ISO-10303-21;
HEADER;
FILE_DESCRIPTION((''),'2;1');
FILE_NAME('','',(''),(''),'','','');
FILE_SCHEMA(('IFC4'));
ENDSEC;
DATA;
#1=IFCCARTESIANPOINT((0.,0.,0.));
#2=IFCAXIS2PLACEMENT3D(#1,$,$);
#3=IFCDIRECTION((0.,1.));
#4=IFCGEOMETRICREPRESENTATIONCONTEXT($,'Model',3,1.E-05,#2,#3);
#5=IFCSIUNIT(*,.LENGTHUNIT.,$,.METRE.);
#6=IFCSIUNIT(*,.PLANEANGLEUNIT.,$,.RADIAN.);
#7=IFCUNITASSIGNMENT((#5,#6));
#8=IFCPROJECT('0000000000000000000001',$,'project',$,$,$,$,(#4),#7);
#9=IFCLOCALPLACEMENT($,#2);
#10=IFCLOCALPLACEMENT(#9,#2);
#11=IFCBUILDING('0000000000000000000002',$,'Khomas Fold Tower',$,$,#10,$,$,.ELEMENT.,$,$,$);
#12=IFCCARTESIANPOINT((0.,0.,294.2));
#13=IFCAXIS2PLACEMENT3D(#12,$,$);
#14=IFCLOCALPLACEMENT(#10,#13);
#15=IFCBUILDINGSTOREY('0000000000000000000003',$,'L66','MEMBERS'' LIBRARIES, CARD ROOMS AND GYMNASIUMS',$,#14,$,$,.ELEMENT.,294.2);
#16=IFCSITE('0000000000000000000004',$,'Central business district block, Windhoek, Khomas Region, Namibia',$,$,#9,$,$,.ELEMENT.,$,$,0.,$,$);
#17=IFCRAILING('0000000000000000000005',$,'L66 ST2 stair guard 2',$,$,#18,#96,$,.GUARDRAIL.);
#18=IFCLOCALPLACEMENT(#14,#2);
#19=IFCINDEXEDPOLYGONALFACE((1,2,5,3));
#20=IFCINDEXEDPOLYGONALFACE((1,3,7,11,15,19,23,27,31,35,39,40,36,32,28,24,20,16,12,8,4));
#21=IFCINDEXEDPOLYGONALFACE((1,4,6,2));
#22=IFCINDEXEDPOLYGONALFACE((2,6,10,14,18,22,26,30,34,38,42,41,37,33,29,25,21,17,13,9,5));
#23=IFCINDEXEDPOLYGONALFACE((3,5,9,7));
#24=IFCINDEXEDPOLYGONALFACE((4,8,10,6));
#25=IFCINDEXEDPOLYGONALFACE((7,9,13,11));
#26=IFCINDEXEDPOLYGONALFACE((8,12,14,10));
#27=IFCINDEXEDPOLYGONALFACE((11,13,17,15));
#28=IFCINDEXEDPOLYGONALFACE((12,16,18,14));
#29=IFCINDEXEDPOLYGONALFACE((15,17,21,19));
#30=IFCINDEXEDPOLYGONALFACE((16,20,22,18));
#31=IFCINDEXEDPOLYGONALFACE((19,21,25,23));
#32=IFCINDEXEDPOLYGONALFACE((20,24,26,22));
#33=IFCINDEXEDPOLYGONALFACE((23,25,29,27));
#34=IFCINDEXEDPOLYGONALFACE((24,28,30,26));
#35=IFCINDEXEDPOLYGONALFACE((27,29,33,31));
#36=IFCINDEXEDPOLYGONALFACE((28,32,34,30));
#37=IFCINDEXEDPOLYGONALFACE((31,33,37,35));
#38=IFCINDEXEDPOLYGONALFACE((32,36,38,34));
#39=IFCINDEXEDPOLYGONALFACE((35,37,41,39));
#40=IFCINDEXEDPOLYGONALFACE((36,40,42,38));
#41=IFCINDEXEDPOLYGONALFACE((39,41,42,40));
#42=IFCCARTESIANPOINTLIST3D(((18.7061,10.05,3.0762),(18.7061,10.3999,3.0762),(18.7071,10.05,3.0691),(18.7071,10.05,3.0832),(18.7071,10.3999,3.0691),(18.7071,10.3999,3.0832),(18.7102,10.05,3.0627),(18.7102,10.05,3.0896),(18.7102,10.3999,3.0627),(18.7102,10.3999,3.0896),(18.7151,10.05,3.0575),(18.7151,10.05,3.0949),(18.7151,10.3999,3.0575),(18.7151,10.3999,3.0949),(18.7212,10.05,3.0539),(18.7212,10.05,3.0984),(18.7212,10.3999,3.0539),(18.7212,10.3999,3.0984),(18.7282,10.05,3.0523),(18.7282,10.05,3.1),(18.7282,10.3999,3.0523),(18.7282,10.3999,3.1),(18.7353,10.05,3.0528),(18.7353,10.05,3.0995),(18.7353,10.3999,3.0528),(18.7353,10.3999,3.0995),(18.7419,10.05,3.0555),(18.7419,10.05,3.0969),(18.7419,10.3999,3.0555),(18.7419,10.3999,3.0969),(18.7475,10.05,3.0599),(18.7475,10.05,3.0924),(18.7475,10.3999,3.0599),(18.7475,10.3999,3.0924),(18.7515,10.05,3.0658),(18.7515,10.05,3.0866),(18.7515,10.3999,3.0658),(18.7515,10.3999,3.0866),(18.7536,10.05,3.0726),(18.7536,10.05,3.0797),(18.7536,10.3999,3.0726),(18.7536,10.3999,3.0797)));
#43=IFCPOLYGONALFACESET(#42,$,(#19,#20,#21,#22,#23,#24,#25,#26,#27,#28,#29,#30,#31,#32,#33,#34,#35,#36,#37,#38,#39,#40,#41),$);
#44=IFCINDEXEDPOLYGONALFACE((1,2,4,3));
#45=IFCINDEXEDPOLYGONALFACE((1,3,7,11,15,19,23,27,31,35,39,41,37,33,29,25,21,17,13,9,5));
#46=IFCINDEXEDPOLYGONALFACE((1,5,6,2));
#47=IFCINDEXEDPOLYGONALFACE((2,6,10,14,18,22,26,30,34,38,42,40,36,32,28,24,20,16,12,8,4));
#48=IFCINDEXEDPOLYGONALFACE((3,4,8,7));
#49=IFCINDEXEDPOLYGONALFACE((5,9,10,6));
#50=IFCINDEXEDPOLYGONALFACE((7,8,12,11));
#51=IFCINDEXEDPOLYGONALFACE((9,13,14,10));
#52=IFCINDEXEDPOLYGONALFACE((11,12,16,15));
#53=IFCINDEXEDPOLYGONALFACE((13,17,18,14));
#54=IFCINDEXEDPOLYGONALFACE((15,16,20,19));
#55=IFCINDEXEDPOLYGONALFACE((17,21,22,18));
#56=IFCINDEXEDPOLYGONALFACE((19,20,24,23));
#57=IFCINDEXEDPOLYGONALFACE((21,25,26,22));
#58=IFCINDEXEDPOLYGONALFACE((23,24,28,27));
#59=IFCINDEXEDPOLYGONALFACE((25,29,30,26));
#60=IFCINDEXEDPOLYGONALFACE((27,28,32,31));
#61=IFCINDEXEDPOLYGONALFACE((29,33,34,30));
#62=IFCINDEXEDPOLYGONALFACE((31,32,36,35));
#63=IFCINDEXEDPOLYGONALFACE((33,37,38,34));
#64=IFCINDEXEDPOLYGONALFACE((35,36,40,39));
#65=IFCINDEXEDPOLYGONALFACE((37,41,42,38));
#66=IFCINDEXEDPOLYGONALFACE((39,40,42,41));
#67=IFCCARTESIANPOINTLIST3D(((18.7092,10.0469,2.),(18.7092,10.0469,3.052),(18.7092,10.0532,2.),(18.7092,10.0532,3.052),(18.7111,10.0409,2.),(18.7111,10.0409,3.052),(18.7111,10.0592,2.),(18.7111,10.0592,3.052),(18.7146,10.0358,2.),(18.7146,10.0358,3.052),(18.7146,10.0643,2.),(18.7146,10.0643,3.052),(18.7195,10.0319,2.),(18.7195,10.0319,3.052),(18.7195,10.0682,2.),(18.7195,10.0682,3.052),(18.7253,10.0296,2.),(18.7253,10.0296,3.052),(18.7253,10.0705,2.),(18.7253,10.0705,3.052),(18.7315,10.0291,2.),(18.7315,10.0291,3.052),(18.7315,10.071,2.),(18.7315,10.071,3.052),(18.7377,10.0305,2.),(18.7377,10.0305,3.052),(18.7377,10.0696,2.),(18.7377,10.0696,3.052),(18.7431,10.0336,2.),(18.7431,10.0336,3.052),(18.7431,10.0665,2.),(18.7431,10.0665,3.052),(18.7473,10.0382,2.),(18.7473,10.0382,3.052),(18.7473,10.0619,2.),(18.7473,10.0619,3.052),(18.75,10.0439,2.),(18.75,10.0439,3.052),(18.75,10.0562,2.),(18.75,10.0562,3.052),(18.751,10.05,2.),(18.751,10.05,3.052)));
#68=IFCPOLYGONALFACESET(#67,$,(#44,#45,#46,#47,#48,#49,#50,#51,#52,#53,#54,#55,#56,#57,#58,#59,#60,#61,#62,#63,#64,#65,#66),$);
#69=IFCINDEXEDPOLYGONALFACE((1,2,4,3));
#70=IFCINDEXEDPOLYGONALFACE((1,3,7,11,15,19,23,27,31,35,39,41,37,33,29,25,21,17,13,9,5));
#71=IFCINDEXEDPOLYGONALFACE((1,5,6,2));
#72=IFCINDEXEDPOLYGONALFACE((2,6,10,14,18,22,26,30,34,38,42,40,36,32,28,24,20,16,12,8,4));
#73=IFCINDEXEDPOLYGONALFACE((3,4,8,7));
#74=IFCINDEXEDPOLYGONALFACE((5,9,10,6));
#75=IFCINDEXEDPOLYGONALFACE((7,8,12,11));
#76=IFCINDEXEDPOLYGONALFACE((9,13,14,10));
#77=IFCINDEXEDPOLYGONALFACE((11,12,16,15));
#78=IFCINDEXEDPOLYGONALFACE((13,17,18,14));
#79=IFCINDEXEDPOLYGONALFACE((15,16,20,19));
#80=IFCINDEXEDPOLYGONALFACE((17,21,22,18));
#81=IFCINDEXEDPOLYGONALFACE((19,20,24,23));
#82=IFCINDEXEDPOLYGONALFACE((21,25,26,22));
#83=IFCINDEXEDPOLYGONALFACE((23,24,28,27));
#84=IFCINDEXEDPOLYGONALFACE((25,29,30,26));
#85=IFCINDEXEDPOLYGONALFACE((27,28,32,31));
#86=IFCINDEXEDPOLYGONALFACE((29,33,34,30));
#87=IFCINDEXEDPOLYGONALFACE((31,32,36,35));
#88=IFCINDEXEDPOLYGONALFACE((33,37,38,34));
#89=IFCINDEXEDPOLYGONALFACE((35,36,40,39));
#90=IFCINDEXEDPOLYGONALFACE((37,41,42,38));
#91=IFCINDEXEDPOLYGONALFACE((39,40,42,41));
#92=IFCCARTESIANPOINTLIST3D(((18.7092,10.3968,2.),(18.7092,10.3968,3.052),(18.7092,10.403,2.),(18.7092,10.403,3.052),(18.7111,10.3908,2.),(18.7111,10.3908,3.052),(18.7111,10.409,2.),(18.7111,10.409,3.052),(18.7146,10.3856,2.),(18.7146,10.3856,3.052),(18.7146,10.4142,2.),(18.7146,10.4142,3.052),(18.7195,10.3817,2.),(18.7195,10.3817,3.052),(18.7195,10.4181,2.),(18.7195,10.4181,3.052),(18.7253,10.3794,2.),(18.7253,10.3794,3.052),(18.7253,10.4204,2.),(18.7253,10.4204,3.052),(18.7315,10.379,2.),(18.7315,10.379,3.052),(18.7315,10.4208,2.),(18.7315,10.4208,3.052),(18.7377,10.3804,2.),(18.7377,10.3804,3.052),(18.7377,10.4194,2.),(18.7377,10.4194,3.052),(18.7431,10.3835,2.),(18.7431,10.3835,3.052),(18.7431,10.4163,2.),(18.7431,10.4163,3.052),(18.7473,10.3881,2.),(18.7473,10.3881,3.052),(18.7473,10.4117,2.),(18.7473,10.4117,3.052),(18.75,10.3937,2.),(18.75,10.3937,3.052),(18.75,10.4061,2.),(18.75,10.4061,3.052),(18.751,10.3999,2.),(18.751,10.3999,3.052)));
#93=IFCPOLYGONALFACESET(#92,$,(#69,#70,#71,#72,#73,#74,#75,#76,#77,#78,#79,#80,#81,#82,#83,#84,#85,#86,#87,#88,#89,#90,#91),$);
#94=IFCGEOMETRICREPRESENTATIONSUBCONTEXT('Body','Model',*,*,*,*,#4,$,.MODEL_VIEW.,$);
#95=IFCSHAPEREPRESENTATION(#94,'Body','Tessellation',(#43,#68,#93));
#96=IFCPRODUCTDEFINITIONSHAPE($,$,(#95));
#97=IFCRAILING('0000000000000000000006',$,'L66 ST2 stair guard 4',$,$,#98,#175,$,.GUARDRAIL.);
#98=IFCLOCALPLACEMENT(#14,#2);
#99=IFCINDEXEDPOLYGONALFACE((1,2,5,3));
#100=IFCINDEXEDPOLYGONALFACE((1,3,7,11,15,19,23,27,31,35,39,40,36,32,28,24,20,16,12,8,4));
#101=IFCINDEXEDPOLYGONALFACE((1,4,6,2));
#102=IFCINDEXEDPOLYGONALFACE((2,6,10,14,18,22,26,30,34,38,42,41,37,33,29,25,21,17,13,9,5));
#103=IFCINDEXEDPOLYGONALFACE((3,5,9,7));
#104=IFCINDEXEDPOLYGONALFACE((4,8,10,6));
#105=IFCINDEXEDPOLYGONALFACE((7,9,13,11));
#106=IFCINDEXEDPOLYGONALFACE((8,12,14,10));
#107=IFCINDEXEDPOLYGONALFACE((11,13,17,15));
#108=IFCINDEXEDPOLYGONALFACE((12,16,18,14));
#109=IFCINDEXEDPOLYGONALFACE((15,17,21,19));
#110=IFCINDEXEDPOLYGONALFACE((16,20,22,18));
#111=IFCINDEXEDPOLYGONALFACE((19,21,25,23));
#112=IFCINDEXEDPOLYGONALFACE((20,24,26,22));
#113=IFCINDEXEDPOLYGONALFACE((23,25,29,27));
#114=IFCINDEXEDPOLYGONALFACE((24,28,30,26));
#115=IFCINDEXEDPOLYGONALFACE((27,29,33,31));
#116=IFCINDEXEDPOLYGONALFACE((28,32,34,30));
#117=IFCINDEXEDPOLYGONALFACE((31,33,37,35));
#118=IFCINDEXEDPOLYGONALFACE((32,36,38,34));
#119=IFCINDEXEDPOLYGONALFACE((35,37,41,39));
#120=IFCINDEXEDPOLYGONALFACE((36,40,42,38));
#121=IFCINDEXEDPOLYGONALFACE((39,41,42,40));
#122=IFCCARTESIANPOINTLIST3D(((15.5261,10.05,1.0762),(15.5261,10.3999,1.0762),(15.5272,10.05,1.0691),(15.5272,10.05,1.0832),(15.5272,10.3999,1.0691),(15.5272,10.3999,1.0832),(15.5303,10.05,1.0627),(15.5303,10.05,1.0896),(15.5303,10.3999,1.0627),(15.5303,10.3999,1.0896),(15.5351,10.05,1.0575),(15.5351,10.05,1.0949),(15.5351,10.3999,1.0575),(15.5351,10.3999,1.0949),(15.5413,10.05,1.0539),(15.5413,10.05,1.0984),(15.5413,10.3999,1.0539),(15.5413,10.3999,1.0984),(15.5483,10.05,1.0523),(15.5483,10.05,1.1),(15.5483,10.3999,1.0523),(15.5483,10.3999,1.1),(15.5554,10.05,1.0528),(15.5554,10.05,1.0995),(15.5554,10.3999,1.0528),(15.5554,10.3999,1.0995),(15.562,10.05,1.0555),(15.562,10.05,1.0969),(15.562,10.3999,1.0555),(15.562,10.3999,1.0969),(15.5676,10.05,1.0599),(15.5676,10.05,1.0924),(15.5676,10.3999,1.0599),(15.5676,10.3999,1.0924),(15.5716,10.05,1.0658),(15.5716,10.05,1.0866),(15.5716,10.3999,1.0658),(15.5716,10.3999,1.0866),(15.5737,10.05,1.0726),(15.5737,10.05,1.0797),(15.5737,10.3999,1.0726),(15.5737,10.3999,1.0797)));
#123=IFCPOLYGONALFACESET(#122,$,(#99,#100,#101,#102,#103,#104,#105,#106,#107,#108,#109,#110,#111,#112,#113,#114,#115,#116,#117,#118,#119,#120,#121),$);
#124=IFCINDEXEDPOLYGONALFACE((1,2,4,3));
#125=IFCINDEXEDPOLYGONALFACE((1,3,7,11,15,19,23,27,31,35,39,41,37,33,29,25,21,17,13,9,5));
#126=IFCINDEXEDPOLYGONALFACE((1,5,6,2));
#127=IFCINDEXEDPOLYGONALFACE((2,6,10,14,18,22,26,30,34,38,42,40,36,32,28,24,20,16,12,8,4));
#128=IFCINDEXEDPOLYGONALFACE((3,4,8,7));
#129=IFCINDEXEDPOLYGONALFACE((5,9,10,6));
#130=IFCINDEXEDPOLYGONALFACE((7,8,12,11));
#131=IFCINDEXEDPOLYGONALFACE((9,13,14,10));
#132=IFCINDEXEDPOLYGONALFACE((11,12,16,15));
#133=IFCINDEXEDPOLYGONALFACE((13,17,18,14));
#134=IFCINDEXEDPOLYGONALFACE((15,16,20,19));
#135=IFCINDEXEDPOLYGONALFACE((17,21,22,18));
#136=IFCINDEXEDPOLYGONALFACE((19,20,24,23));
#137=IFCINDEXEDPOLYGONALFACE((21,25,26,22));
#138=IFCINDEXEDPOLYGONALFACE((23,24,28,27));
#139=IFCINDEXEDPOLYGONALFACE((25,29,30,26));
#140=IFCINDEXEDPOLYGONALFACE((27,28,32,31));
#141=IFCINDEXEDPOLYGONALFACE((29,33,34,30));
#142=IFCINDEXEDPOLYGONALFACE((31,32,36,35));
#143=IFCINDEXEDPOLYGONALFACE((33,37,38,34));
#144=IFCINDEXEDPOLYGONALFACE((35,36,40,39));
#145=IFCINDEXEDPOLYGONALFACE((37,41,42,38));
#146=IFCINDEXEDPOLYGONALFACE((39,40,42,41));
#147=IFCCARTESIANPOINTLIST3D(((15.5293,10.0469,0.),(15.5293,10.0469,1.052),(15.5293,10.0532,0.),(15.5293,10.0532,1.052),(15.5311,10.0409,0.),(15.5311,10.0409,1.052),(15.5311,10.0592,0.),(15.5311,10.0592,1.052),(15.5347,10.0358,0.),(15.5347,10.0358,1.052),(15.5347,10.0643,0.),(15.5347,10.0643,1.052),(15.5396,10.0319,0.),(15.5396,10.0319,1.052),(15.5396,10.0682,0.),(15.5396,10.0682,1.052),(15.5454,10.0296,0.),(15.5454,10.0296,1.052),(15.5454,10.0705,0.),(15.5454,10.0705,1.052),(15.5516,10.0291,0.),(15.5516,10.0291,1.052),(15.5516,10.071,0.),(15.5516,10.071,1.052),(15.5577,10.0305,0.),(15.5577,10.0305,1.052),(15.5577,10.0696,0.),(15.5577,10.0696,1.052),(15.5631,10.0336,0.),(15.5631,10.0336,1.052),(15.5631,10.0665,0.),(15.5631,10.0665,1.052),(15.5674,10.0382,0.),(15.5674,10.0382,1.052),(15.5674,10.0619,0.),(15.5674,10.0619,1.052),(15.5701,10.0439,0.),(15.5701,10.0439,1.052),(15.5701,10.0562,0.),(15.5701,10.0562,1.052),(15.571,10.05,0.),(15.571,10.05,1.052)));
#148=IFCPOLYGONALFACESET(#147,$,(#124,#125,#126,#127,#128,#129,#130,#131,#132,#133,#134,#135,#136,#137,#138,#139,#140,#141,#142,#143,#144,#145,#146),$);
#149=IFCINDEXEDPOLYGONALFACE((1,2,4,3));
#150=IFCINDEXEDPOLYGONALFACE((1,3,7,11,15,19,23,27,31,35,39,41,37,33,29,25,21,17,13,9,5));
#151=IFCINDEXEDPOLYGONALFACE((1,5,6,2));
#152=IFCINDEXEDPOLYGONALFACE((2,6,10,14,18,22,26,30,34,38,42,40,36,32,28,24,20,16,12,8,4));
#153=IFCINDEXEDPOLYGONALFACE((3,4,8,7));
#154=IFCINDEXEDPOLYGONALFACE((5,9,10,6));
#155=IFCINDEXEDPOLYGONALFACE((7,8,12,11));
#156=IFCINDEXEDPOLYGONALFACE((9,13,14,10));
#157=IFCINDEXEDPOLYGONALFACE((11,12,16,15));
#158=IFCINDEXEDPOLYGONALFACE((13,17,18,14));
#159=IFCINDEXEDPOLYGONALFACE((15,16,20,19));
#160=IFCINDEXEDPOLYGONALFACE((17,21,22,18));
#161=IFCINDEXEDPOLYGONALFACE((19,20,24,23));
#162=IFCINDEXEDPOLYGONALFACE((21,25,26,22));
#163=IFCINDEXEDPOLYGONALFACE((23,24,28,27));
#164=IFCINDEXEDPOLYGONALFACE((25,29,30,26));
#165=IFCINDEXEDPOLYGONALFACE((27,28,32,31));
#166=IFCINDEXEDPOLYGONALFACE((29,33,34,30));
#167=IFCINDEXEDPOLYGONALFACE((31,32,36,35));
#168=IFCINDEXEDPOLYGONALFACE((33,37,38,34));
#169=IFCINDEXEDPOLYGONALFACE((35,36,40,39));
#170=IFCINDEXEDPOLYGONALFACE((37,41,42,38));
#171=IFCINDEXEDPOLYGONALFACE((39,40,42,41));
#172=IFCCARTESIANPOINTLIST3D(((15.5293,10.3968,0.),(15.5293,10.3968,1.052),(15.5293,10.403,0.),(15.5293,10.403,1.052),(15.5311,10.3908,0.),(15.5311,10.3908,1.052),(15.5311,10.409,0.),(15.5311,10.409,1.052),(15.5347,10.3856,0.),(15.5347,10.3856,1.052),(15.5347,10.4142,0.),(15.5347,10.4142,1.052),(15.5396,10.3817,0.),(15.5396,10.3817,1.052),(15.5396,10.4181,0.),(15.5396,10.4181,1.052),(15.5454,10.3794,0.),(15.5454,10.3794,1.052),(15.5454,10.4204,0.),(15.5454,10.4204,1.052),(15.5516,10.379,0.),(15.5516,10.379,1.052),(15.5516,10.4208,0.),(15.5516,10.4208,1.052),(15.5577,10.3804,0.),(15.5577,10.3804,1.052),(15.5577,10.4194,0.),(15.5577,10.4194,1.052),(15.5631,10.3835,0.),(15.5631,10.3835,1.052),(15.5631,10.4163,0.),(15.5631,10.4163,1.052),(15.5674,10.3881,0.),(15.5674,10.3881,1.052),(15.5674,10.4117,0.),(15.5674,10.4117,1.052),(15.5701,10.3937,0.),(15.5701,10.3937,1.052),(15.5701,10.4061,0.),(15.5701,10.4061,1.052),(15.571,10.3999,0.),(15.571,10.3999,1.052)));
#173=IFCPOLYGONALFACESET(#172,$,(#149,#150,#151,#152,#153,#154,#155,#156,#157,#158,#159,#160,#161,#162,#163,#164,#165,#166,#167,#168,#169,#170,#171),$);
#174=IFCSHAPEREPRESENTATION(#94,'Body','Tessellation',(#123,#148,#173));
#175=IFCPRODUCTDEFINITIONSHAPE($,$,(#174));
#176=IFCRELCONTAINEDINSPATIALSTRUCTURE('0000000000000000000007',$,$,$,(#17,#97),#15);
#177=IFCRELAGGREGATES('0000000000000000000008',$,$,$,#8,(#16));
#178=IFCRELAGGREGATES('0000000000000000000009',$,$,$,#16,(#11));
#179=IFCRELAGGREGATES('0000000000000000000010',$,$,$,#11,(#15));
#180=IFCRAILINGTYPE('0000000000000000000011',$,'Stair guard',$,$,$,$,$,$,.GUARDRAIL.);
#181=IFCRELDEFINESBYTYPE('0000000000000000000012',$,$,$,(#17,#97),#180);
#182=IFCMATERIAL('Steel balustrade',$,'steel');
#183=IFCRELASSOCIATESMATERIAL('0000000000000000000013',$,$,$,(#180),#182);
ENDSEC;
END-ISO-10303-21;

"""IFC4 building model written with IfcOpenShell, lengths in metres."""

from ifc_helpers import new_model, si_unit, direction, frame, origin, origin_2d, place, context, subcontext, project, spatial, circle, extrude, source, transform, mapped, material, type_object, element, save


model = new_model("IFC4")

# Units and contexts
model_context = context("Model", 3, precision=1e-05, world=origin(), true_north=direction((0.0, 1.0)))
body_context = subcontext(model_context, "Body", "Model", "MODEL_VIEW")
ifc_project = project(units=[si_unit("LENGTHUNIT", "METRE"), si_unit("PLANEANGLEUNIT", "RADIAN")], contexts=[model_context])

# Site, building, storey
site_placement = place(None, origin())
site = spatial("IfcSite", under=ifc_project, at=site_placement, Name="Central business district block, Windhoek, Khomas Region, Namibia", CompositionType="ELEMENT", RefElevation=0.0)
building_placement = place(site_placement, origin())
building = spatial("IfcBuilding", under=site, at=building_placement, Name="Khomas Fold Tower", CompositionType="ELEMENT")
storey_placement = place(building_placement, frame((0.0, 0.0, 294.2)))
storey = spatial("IfcBuildingStorey", under=building, at=storey_placement, Name="L66", Description="MEMBERS' LIBRARIES, CARD ROOMS AND GYMNASIUMS", CompositionType="ELEMENT", Elevation=294.2)

# Railings
ifc_material_1 = material(Name="Steel balustrade", Category="steel")
railing_type_1 = type_object("IfcRailingType", Name="Stair guard", PredefinedType="GUARDRAIL", material=ifc_material_1)
shared_shape_1 = source(origin(), body_context, "Body", "SweptSolid", [
    extrude(circle(Radius=0.0239, at=origin_2d()), frame((0.0, 0.0, 1.0762), z_axis=(0.0, 1.0, 0.0), x_axis=(-1.0, 0.0, 0.0)), (0.0, 0.0, 1.0), 0.3499),
    extrude(circle(Radius=0.021, at=origin_2d()), origin(), (0.0, 0.0, 1.0), 1.052),
    extrude(circle(Radius=0.021, at=origin_2d()), frame((0.0, 0.3499, 0.0)), (0.0, 0.0, 1.0), 1.052),
])
for number, where, name in (
    (1, (18.73, 10.05, 2.0), "L66 ST2 stair guard 2"),
    (2, (15.55, 10.05, 0.0), "L66 ST2 stair guard 4"),
):
    element("IfcRailing", number, at=place(storey_placement, frame(where)), inside=storey, type_object=railing_type_1, Name=name, PredefinedType="GUARDRAIL", context=body_context, shape_type="MappedRepresentation", body=[
        mapped(shared_shape_1, transform((0.0, 0.0, 0.0))),
    ])

save(model, "model.ifc")
